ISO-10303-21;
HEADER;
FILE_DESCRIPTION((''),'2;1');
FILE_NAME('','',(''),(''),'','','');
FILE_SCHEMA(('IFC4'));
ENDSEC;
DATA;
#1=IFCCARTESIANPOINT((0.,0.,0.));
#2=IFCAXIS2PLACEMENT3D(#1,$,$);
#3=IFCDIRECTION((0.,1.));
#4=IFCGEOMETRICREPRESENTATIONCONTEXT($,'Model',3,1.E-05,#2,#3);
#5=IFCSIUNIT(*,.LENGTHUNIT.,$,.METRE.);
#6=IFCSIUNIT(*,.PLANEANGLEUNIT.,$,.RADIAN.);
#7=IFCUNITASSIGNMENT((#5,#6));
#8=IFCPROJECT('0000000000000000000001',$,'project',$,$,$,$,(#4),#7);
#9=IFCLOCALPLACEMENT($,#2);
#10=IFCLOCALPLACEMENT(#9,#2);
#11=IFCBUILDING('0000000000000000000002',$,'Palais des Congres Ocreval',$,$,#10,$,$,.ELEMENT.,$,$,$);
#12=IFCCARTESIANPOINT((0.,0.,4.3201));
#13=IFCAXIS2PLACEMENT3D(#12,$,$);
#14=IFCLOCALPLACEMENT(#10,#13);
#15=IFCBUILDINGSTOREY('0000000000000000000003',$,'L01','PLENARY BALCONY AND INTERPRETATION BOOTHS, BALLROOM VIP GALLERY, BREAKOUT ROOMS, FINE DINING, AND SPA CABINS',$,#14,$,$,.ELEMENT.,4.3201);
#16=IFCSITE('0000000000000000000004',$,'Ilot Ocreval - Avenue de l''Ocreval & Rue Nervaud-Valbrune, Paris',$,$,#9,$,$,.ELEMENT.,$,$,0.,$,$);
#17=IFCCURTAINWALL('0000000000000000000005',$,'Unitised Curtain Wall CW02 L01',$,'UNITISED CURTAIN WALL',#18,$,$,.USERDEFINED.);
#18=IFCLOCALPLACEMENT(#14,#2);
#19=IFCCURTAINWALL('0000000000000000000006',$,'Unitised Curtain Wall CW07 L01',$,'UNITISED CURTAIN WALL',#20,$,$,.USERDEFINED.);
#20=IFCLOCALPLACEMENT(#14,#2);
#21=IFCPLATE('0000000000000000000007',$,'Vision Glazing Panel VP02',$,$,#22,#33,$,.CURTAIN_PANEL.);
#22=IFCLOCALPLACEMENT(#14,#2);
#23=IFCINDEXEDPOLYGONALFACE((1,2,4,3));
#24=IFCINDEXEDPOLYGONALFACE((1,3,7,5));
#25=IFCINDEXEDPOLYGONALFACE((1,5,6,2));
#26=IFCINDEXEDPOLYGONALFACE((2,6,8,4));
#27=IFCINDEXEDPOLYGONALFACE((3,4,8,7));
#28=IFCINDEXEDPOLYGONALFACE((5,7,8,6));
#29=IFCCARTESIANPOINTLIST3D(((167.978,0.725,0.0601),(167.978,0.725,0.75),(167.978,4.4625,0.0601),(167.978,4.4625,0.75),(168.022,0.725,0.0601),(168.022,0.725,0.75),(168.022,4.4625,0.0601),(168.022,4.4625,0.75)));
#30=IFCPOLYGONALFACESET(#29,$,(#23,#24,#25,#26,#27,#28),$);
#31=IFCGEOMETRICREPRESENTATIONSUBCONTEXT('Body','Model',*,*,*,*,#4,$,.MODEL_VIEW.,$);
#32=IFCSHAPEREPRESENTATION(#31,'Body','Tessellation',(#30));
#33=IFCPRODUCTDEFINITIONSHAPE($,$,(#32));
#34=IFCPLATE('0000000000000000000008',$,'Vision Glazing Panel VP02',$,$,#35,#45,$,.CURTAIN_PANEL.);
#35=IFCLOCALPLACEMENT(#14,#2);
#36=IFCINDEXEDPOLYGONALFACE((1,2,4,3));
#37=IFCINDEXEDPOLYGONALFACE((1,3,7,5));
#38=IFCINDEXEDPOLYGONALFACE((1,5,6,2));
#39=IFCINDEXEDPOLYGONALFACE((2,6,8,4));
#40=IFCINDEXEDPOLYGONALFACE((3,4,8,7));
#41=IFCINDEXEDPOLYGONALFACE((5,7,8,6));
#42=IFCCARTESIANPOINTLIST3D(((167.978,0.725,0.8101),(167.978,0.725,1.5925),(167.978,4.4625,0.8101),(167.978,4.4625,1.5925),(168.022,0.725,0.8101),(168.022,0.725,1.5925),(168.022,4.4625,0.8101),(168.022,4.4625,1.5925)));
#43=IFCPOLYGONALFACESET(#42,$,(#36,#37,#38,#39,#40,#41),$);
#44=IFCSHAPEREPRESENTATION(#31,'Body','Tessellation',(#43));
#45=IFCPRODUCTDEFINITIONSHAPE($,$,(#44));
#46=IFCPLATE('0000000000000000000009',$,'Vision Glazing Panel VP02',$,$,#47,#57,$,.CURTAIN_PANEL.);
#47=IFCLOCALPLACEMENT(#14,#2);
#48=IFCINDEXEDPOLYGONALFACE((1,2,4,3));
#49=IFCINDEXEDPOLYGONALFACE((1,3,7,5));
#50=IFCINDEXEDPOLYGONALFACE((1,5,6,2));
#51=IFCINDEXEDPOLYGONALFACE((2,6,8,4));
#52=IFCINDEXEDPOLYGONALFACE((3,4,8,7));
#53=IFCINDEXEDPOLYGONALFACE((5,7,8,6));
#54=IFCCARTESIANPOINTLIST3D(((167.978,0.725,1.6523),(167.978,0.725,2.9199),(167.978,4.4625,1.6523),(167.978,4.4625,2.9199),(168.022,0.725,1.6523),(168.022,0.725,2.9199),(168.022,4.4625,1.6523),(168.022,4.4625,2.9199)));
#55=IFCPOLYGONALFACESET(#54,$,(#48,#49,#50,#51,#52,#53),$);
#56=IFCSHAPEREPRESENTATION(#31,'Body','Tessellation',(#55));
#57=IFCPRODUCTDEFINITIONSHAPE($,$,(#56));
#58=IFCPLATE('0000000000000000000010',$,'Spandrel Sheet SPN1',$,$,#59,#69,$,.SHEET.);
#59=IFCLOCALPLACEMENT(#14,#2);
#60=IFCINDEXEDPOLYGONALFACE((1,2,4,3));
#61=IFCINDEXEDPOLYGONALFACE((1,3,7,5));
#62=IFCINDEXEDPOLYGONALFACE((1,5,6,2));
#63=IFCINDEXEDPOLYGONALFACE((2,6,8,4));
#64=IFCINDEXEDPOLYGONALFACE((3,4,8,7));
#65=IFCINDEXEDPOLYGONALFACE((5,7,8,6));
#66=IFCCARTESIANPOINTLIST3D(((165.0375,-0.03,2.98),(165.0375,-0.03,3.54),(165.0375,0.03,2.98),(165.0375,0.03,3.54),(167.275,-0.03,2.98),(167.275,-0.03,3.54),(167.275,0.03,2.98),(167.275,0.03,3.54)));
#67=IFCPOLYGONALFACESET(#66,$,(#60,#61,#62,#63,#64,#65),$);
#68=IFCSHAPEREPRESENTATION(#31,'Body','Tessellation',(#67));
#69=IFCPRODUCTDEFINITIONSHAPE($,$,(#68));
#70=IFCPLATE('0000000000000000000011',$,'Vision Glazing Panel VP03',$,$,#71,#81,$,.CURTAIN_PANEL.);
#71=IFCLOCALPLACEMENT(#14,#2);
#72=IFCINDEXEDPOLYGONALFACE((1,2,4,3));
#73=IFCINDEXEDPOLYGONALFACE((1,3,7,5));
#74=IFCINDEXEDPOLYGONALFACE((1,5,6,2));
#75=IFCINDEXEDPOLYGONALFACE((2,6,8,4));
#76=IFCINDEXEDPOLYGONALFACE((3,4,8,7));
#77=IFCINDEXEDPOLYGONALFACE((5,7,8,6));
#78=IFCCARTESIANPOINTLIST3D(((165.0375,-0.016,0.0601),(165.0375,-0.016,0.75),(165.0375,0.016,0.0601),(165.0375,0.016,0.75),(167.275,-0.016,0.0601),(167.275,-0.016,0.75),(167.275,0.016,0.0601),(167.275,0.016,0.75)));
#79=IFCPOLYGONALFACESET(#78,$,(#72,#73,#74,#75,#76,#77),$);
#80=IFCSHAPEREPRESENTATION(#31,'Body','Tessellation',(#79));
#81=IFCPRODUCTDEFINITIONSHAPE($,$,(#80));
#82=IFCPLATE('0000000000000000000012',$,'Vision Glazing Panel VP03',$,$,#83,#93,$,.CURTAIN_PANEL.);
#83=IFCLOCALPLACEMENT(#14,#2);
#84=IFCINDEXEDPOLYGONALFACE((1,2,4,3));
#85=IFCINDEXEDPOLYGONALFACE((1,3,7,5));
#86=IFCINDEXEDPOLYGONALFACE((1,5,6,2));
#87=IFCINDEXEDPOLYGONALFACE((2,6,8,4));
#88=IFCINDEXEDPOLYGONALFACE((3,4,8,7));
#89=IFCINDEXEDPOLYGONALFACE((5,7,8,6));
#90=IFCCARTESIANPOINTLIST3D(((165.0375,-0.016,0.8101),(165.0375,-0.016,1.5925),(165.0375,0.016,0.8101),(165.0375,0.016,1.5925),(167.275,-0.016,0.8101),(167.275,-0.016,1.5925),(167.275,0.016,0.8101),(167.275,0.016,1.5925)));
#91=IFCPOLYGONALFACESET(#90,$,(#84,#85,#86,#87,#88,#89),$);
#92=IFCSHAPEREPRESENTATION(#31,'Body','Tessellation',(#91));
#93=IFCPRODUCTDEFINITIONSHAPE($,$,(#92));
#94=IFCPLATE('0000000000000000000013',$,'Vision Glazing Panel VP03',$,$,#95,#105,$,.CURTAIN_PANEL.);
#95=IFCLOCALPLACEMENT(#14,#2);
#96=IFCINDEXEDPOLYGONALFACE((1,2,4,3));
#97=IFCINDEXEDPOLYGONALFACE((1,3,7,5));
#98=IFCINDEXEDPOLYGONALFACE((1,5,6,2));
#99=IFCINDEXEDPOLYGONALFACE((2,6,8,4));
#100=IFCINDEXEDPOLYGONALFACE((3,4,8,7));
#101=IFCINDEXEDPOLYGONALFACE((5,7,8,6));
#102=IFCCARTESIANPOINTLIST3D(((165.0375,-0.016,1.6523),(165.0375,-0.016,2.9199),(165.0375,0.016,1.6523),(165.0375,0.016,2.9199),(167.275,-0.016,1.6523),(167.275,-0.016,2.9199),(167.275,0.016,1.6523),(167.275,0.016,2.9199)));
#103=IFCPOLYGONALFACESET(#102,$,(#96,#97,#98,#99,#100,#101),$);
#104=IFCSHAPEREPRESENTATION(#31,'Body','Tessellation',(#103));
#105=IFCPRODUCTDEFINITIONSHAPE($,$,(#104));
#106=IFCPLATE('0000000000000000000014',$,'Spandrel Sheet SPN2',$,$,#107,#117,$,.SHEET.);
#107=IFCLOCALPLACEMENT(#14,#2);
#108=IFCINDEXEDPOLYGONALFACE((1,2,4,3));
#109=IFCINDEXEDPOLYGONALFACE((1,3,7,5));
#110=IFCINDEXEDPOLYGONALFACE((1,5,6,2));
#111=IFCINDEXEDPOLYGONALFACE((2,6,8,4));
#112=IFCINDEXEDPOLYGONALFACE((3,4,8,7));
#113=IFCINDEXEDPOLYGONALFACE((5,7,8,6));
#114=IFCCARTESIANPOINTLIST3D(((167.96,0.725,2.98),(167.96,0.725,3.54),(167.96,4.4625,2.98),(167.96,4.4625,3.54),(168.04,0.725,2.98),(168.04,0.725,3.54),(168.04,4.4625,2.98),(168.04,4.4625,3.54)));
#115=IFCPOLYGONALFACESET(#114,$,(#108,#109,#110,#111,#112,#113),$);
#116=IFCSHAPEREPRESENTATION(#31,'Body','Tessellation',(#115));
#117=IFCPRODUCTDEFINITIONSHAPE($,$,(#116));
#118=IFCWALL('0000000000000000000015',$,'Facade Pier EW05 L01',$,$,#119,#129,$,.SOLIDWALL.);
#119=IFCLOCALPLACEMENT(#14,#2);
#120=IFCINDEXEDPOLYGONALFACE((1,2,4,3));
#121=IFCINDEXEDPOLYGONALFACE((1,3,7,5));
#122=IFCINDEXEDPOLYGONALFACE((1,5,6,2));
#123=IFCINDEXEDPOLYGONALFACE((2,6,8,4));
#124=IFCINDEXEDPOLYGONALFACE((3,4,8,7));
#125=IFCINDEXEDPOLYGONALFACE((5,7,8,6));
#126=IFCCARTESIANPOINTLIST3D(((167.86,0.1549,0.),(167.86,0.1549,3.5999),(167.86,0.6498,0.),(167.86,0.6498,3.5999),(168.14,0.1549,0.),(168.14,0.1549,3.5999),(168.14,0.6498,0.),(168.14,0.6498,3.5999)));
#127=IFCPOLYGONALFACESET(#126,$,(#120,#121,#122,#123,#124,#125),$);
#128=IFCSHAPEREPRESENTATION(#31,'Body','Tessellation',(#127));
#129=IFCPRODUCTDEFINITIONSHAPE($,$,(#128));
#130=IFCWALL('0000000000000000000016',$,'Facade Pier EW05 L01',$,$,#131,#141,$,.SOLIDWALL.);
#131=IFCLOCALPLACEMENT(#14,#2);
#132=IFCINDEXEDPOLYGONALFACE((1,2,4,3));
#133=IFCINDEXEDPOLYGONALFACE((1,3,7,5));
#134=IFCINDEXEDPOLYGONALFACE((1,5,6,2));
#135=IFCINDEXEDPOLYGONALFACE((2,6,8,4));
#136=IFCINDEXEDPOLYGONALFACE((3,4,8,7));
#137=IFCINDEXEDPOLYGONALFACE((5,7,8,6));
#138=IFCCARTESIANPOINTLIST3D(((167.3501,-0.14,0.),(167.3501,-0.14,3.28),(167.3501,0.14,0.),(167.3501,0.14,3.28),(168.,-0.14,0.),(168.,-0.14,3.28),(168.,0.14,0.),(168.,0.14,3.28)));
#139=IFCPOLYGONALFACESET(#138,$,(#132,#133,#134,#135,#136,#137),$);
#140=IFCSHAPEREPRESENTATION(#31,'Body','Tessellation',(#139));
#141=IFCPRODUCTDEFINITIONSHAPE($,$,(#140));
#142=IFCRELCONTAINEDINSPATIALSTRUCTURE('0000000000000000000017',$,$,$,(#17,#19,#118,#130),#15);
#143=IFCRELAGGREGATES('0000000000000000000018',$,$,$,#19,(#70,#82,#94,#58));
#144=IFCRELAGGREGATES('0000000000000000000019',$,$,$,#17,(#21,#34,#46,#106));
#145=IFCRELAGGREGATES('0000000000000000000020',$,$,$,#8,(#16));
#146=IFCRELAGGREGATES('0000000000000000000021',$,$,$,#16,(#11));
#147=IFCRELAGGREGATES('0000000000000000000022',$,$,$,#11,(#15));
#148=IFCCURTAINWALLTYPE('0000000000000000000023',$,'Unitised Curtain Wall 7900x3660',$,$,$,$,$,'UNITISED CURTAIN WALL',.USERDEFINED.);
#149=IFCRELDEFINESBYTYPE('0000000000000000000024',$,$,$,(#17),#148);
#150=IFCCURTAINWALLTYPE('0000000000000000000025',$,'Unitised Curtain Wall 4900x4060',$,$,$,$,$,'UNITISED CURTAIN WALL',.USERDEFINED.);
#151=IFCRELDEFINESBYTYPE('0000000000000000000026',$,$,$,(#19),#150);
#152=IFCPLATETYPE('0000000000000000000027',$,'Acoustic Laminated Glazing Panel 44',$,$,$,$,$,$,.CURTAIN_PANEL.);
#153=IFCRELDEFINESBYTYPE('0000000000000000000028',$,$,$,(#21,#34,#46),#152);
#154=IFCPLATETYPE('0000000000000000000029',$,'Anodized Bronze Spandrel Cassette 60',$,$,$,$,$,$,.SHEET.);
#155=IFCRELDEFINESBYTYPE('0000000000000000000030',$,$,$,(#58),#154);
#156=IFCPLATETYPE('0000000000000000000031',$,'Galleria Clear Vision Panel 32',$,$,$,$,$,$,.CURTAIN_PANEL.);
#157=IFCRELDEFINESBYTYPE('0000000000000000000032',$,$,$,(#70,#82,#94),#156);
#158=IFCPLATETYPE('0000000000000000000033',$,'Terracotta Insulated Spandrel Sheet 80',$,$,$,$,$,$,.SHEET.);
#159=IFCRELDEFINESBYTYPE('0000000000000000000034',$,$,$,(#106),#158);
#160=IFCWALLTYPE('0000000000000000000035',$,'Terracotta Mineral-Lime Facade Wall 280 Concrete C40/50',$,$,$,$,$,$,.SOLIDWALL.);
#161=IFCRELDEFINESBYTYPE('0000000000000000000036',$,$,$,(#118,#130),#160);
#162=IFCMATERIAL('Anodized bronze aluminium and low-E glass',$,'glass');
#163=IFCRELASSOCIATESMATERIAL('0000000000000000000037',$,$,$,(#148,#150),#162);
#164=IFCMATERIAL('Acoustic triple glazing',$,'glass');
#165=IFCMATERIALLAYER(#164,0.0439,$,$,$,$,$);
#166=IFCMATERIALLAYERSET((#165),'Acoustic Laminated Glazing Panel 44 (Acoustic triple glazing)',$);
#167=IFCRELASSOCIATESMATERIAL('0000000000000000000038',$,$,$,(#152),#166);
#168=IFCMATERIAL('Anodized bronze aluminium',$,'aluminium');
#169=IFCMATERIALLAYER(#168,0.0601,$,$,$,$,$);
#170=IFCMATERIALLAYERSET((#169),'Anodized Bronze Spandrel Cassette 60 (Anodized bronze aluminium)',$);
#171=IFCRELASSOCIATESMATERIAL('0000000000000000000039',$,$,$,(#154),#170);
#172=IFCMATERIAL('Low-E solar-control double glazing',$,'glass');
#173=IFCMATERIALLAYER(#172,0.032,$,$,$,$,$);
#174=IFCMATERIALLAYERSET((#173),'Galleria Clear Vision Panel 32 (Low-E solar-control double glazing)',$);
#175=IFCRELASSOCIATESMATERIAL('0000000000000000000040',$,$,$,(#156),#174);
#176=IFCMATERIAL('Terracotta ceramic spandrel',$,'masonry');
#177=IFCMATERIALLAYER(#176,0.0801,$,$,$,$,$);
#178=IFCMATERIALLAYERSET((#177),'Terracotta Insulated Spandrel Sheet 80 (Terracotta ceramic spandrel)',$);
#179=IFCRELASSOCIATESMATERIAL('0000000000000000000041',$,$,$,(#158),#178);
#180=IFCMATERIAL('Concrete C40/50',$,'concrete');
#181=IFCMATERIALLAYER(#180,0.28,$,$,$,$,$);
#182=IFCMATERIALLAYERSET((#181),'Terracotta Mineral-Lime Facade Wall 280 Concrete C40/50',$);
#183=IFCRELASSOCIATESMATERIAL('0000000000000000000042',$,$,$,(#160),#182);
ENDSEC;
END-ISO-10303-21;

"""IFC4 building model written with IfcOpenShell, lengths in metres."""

from ifc_helpers import new_model, si_unit, direction, frame, frame_2d, origin, origin_2d, place, context, subcontext, project, spatial, rectangle, extrude, material, layer, layer_set, type_object, element, aggregate, save


model = new_model("IFC4")

# Units and contexts
model_context = context("Model", 3, precision=1e-05, world=origin(), true_north=direction((0.0, 1.0)))
body_context = subcontext(model_context, "Body", "Model", "MODEL_VIEW")
ifc_project = project(units=[si_unit("LENGTHUNIT", "METRE"), si_unit("PLANEANGLEUNIT", "RADIAN")], contexts=[model_context])

# Site, building, storey
site_placement = place(None, origin())
site = spatial("IfcSite", under=ifc_project, at=site_placement, Name="Ilot Ocreval - Avenue de l'Ocreval & Rue Nervaud-Valbrune, Paris", CompositionType="ELEMENT", RefElevation=0.0)
building_placement = place(site_placement, origin())
building = spatial("IfcBuilding", under=site, at=building_placement, Name="Palais des Congres Ocreval", CompositionType="ELEMENT")
storey_placement = place(building_placement, frame((0.0, 0.0, 4.3201)))
storey = spatial("IfcBuildingStorey", under=building, at=storey_placement, Name="L01", Description="PLENARY BALCONY AND INTERPRETATION BOOTHS, BALLROOM VIP GALLERY, BREAKOUT ROOMS, FINE DINING, AND SPA CABINS", CompositionType="ELEMENT", Elevation=4.3201)

# Curtain wall
ifc_material_1 = material(Name="Anodized bronze aluminium and low-E glass", Category="glass")
curtain_wall_type_1 = type_object("IfcCurtainWallType", Name="Unitised Curtain Wall 7900x3660", ElementType="UNITISED CURTAIN WALL", PredefinedType="USERDEFINED", material=ifc_material_1)
curtain_wall_1_placement = place(storey_placement, origin())
curtain_wall_1 = element("IfcCurtainWall", 1, at=curtain_wall_1_placement, inside=storey, type_object=curtain_wall_type_1, Name="Unitised Curtain Wall CW02 L01", ObjectType="UNITISED CURTAIN WALL", PredefinedType="USERDEFINED")
ifc_material_2 = material(Name="Anodized bronze aluminium", Category="aluminium")

# Curtain wall
curtain_wall_type_2 = type_object("IfcCurtainWallType", Name="Unitised Curtain Wall 4900x4060", ElementType="UNITISED CURTAIN WALL", PredefinedType="USERDEFINED", material=ifc_material_1)
curtain_wall_2_placement = place(storey_placement, origin())
curtain_wall_2 = element("IfcCurtainWall", 2, at=curtain_wall_2_placement, inside=storey, type_object=curtain_wall_type_2, Name="Unitised Curtain Wall CW07 L01", ObjectType="UNITISED CURTAIN WALL", PredefinedType="USERDEFINED")

# Plates
ifc_material_3 = material(Name="Acoustic triple glazing", Category="glass")
ifc_layer_1 = layer(ifc_material_3, 0.0439)
ifc_layer_set_1 = layer_set([ifc_layer_1], Name="Acoustic Laminated Glazing Panel 44 (Acoustic triple glazing)")
plate_type_1 = type_object("IfcPlateType", Name="Acoustic Laminated Glazing Panel 44", PredefinedType="CURTAIN_PANEL", material=ifc_layer_set_1)
plate_1_placement = place(storey_placement, frame((168.0, 2.5938, 0.0601), z_axis=(0.0, 0.0, 1.0), x_axis=(0.0, -1.0, 0.0)))
plate_1 = element("IfcPlate", 3, at=plate_1_placement, type_object=plate_type_1, Name="Vision Glazing Panel VP02", PredefinedType="CURTAIN_PANEL", context=body_context, shape_type="SweptSolid", body=[
    extrude(rectangle(XDim=3.7375, YDim=0.0439, at=origin_2d()), origin(), (0.0, 0.0, 1.0), 0.6899),
])
plate_2_placement = place(storey_placement, frame((168.0, 2.5938, 0.8101), z_axis=(0.0, 0.0, 1.0), x_axis=(0.0, -1.0, 0.0)))
plate_2 = element("IfcPlate", 4, at=plate_2_placement, type_object=plate_type_1, Name="Vision Glazing Panel VP02", PredefinedType="CURTAIN_PANEL", context=body_context, shape_type="SweptSolid", body=[
    extrude(rectangle(XDim=3.7375, YDim=0.0439, at=origin_2d()), origin(), (0.0, 0.0, 1.0), 0.7825),
])
plate_3_placement = place(storey_placement, frame((168.0, 2.5938, 1.6523), z_axis=(0.0, 0.0, 1.0), x_axis=(0.0, -1.0, 0.0)))
plate_3 = element("IfcPlate", 5, at=plate_3_placement, type_object=plate_type_1, Name="Vision Glazing Panel VP02", PredefinedType="CURTAIN_PANEL", context=body_context, shape_type="SweptSolid", body=[
    extrude(rectangle(XDim=3.7375, YDim=0.0439, at=origin_2d()), origin(), (0.0, 0.0, 1.0), 1.2676),
])
ifc_layer_2 = layer(ifc_material_2, 0.0601)
ifc_layer_set_2 = layer_set([ifc_layer_2], Name="Anodized Bronze Spandrel Cassette 60 (Anodized bronze aluminium)")
plate_type_2 = type_object("IfcPlateType", Name="Anodized Bronze Spandrel Cassette 60", PredefinedType="SHEET", material=ifc_layer_set_2)
plate_4_placement = place(storey_placement, frame((166.1562, 0.0, 2.98), z_axis=(0.0, 0.0, 1.0), x_axis=(-1.0, 0.0, 0.0)))
plate_4 = element("IfcPlate", 6, at=plate_4_placement, type_object=plate_type_2, Name="Spandrel Sheet SPN1", PredefinedType="SHEET", context=body_context, shape_type="SweptSolid", body=[
    extrude(rectangle(XDim=2.2375, YDim=0.0601, at=origin_2d()), origin(), (0.0, 0.0, 1.0), 0.5601),
])
ifc_material_4 = material(Name="Low-E solar-control double glazing", Category="glass")
ifc_layer_3 = layer(ifc_material_4, 0.032)
ifc_layer_set_3 = layer_set([ifc_layer_3], Name="Galleria Clear Vision Panel 32 (Low-E solar-control double glazing)")
plate_type_3 = type_object("IfcPlateType", Name="Galleria Clear Vision Panel 32", PredefinedType="CURTAIN_PANEL", material=ifc_layer_set_3)
plate_5_placement = place(storey_placement, frame((166.1562, 0.0, 0.0601), z_axis=(0.0, 0.0, 1.0), x_axis=(-1.0, 0.0, 0.0)))
plate_5 = element("IfcPlate", 7, at=plate_5_placement, type_object=plate_type_3, Name="Vision Glazing Panel VP03", PredefinedType="CURTAIN_PANEL", context=body_context, shape_type="SweptSolid", body=[
    extrude(rectangle(XDim=2.2375, YDim=0.032, at=origin_2d()), origin(), (0.0, 0.0, 1.0), 0.6899),
])
plate_6_placement = place(storey_placement, frame((166.1562, 0.0, 0.8101), z_axis=(0.0, 0.0, 1.0), x_axis=(-1.0, 0.0, 0.0)))
plate_6 = element("IfcPlate", 8, at=plate_6_placement, type_object=plate_type_3, Name="Vision Glazing Panel VP03", PredefinedType="CURTAIN_PANEL", context=body_context, shape_type="SweptSolid", body=[
    extrude(rectangle(XDim=2.2375, YDim=0.032, at=origin_2d()), origin(), (0.0, 0.0, 1.0), 0.7825),
])
plate_7_placement = place(storey_placement, frame((166.1562, 0.0, 1.6523), z_axis=(0.0, 0.0, 1.0), x_axis=(-1.0, 0.0, 0.0)))
plate_7 = element("IfcPlate", 9, at=plate_7_placement, type_object=plate_type_3, Name="Vision Glazing Panel VP03", PredefinedType="CURTAIN_PANEL", context=body_context, shape_type="SweptSolid", body=[
    extrude(rectangle(XDim=2.2375, YDim=0.032, at=origin_2d()), origin(), (0.0, 0.0, 1.0), 1.2676),
])
aggregate(curtain_wall_2, [plate_5, plate_6, plate_7, plate_4])
ifc_material_5 = material(Name="Terracotta ceramic spandrel", Category="masonry")
ifc_layer_4 = layer(ifc_material_5, 0.0801)
ifc_layer_set_4 = layer_set([ifc_layer_4], Name="Terracotta Insulated Spandrel Sheet 80 (Terracotta ceramic spandrel)")
plate_type_4 = type_object("IfcPlateType", Name="Terracotta Insulated Spandrel Sheet 80", PredefinedType="SHEET", material=ifc_layer_set_4)
plate_8_placement = place(storey_placement, frame((168.0, 2.5938, 2.98), z_axis=(0.0, 0.0, 1.0), x_axis=(0.0, -1.0, 0.0)))
plate_8 = element("IfcPlate", 10, at=plate_8_placement, type_object=plate_type_4, Name="Spandrel Sheet SPN2", PredefinedType="SHEET", context=body_context, shape_type="SweptSolid", body=[
    extrude(rectangle(XDim=3.7375, YDim=0.0801, at=origin_2d()), origin(), (0.0, 0.0, 1.0), 0.5601),
])
aggregate(curtain_wall_1, [plate_1, plate_2, plate_3, plate_8])

# Walls
ifc_material_6 = material(Name="Concrete C40/50", Category="concrete")
ifc_layer_5 = layer(ifc_material_6, 0.28)
ifc_layer_set_5 = layer_set([ifc_layer_5], Name="Terracotta Mineral-Lime Facade Wall 280 Concrete C40/50")
wall_type = type_object("IfcWallType", Name="Terracotta Mineral-Lime Facade Wall 280 Concrete C40/50", PredefinedType="SOLIDWALL", material=ifc_layer_set_5)
wall_1_placement = place(storey_placement, frame((168.0, 0.6499, 0.0), z_axis=(0.0, 0.0, 1.0), x_axis=(0.0, -1.0, 0.0)))
element("IfcWall", 11, at=wall_1_placement, inside=storey, type_object=wall_type, Name="Facade Pier EW05 L01", PredefinedType="SOLIDWALL", context=body_context, shape_type="SweptSolid", body=[
    extrude(rectangle(XDim=0.4949, YDim=0.28, at=frame_2d((0.2476, 0.0))), origin(), (0.0, 0.0, 1.0), 3.5999),
])
wall_2_placement = place(storey_placement, frame((168.0, 0.0, 0.0), z_axis=(0.0, 0.0, 1.0), x_axis=(-1.0, 0.0, 0.0)))
element("IfcWall", 12, at=wall_2_placement, inside=storey, type_object=wall_type, Name="Facade Pier EW05 L01", PredefinedType="SOLIDWALL", context=body_context, shape_type="SweptSolid", body=[
    extrude(rectangle(XDim=0.6499, YDim=0.28, at=frame_2d((0.325, 0.0))), origin(), (0.0, 0.0, 1.0), 3.28),
])

save(model, "model.ifc")
